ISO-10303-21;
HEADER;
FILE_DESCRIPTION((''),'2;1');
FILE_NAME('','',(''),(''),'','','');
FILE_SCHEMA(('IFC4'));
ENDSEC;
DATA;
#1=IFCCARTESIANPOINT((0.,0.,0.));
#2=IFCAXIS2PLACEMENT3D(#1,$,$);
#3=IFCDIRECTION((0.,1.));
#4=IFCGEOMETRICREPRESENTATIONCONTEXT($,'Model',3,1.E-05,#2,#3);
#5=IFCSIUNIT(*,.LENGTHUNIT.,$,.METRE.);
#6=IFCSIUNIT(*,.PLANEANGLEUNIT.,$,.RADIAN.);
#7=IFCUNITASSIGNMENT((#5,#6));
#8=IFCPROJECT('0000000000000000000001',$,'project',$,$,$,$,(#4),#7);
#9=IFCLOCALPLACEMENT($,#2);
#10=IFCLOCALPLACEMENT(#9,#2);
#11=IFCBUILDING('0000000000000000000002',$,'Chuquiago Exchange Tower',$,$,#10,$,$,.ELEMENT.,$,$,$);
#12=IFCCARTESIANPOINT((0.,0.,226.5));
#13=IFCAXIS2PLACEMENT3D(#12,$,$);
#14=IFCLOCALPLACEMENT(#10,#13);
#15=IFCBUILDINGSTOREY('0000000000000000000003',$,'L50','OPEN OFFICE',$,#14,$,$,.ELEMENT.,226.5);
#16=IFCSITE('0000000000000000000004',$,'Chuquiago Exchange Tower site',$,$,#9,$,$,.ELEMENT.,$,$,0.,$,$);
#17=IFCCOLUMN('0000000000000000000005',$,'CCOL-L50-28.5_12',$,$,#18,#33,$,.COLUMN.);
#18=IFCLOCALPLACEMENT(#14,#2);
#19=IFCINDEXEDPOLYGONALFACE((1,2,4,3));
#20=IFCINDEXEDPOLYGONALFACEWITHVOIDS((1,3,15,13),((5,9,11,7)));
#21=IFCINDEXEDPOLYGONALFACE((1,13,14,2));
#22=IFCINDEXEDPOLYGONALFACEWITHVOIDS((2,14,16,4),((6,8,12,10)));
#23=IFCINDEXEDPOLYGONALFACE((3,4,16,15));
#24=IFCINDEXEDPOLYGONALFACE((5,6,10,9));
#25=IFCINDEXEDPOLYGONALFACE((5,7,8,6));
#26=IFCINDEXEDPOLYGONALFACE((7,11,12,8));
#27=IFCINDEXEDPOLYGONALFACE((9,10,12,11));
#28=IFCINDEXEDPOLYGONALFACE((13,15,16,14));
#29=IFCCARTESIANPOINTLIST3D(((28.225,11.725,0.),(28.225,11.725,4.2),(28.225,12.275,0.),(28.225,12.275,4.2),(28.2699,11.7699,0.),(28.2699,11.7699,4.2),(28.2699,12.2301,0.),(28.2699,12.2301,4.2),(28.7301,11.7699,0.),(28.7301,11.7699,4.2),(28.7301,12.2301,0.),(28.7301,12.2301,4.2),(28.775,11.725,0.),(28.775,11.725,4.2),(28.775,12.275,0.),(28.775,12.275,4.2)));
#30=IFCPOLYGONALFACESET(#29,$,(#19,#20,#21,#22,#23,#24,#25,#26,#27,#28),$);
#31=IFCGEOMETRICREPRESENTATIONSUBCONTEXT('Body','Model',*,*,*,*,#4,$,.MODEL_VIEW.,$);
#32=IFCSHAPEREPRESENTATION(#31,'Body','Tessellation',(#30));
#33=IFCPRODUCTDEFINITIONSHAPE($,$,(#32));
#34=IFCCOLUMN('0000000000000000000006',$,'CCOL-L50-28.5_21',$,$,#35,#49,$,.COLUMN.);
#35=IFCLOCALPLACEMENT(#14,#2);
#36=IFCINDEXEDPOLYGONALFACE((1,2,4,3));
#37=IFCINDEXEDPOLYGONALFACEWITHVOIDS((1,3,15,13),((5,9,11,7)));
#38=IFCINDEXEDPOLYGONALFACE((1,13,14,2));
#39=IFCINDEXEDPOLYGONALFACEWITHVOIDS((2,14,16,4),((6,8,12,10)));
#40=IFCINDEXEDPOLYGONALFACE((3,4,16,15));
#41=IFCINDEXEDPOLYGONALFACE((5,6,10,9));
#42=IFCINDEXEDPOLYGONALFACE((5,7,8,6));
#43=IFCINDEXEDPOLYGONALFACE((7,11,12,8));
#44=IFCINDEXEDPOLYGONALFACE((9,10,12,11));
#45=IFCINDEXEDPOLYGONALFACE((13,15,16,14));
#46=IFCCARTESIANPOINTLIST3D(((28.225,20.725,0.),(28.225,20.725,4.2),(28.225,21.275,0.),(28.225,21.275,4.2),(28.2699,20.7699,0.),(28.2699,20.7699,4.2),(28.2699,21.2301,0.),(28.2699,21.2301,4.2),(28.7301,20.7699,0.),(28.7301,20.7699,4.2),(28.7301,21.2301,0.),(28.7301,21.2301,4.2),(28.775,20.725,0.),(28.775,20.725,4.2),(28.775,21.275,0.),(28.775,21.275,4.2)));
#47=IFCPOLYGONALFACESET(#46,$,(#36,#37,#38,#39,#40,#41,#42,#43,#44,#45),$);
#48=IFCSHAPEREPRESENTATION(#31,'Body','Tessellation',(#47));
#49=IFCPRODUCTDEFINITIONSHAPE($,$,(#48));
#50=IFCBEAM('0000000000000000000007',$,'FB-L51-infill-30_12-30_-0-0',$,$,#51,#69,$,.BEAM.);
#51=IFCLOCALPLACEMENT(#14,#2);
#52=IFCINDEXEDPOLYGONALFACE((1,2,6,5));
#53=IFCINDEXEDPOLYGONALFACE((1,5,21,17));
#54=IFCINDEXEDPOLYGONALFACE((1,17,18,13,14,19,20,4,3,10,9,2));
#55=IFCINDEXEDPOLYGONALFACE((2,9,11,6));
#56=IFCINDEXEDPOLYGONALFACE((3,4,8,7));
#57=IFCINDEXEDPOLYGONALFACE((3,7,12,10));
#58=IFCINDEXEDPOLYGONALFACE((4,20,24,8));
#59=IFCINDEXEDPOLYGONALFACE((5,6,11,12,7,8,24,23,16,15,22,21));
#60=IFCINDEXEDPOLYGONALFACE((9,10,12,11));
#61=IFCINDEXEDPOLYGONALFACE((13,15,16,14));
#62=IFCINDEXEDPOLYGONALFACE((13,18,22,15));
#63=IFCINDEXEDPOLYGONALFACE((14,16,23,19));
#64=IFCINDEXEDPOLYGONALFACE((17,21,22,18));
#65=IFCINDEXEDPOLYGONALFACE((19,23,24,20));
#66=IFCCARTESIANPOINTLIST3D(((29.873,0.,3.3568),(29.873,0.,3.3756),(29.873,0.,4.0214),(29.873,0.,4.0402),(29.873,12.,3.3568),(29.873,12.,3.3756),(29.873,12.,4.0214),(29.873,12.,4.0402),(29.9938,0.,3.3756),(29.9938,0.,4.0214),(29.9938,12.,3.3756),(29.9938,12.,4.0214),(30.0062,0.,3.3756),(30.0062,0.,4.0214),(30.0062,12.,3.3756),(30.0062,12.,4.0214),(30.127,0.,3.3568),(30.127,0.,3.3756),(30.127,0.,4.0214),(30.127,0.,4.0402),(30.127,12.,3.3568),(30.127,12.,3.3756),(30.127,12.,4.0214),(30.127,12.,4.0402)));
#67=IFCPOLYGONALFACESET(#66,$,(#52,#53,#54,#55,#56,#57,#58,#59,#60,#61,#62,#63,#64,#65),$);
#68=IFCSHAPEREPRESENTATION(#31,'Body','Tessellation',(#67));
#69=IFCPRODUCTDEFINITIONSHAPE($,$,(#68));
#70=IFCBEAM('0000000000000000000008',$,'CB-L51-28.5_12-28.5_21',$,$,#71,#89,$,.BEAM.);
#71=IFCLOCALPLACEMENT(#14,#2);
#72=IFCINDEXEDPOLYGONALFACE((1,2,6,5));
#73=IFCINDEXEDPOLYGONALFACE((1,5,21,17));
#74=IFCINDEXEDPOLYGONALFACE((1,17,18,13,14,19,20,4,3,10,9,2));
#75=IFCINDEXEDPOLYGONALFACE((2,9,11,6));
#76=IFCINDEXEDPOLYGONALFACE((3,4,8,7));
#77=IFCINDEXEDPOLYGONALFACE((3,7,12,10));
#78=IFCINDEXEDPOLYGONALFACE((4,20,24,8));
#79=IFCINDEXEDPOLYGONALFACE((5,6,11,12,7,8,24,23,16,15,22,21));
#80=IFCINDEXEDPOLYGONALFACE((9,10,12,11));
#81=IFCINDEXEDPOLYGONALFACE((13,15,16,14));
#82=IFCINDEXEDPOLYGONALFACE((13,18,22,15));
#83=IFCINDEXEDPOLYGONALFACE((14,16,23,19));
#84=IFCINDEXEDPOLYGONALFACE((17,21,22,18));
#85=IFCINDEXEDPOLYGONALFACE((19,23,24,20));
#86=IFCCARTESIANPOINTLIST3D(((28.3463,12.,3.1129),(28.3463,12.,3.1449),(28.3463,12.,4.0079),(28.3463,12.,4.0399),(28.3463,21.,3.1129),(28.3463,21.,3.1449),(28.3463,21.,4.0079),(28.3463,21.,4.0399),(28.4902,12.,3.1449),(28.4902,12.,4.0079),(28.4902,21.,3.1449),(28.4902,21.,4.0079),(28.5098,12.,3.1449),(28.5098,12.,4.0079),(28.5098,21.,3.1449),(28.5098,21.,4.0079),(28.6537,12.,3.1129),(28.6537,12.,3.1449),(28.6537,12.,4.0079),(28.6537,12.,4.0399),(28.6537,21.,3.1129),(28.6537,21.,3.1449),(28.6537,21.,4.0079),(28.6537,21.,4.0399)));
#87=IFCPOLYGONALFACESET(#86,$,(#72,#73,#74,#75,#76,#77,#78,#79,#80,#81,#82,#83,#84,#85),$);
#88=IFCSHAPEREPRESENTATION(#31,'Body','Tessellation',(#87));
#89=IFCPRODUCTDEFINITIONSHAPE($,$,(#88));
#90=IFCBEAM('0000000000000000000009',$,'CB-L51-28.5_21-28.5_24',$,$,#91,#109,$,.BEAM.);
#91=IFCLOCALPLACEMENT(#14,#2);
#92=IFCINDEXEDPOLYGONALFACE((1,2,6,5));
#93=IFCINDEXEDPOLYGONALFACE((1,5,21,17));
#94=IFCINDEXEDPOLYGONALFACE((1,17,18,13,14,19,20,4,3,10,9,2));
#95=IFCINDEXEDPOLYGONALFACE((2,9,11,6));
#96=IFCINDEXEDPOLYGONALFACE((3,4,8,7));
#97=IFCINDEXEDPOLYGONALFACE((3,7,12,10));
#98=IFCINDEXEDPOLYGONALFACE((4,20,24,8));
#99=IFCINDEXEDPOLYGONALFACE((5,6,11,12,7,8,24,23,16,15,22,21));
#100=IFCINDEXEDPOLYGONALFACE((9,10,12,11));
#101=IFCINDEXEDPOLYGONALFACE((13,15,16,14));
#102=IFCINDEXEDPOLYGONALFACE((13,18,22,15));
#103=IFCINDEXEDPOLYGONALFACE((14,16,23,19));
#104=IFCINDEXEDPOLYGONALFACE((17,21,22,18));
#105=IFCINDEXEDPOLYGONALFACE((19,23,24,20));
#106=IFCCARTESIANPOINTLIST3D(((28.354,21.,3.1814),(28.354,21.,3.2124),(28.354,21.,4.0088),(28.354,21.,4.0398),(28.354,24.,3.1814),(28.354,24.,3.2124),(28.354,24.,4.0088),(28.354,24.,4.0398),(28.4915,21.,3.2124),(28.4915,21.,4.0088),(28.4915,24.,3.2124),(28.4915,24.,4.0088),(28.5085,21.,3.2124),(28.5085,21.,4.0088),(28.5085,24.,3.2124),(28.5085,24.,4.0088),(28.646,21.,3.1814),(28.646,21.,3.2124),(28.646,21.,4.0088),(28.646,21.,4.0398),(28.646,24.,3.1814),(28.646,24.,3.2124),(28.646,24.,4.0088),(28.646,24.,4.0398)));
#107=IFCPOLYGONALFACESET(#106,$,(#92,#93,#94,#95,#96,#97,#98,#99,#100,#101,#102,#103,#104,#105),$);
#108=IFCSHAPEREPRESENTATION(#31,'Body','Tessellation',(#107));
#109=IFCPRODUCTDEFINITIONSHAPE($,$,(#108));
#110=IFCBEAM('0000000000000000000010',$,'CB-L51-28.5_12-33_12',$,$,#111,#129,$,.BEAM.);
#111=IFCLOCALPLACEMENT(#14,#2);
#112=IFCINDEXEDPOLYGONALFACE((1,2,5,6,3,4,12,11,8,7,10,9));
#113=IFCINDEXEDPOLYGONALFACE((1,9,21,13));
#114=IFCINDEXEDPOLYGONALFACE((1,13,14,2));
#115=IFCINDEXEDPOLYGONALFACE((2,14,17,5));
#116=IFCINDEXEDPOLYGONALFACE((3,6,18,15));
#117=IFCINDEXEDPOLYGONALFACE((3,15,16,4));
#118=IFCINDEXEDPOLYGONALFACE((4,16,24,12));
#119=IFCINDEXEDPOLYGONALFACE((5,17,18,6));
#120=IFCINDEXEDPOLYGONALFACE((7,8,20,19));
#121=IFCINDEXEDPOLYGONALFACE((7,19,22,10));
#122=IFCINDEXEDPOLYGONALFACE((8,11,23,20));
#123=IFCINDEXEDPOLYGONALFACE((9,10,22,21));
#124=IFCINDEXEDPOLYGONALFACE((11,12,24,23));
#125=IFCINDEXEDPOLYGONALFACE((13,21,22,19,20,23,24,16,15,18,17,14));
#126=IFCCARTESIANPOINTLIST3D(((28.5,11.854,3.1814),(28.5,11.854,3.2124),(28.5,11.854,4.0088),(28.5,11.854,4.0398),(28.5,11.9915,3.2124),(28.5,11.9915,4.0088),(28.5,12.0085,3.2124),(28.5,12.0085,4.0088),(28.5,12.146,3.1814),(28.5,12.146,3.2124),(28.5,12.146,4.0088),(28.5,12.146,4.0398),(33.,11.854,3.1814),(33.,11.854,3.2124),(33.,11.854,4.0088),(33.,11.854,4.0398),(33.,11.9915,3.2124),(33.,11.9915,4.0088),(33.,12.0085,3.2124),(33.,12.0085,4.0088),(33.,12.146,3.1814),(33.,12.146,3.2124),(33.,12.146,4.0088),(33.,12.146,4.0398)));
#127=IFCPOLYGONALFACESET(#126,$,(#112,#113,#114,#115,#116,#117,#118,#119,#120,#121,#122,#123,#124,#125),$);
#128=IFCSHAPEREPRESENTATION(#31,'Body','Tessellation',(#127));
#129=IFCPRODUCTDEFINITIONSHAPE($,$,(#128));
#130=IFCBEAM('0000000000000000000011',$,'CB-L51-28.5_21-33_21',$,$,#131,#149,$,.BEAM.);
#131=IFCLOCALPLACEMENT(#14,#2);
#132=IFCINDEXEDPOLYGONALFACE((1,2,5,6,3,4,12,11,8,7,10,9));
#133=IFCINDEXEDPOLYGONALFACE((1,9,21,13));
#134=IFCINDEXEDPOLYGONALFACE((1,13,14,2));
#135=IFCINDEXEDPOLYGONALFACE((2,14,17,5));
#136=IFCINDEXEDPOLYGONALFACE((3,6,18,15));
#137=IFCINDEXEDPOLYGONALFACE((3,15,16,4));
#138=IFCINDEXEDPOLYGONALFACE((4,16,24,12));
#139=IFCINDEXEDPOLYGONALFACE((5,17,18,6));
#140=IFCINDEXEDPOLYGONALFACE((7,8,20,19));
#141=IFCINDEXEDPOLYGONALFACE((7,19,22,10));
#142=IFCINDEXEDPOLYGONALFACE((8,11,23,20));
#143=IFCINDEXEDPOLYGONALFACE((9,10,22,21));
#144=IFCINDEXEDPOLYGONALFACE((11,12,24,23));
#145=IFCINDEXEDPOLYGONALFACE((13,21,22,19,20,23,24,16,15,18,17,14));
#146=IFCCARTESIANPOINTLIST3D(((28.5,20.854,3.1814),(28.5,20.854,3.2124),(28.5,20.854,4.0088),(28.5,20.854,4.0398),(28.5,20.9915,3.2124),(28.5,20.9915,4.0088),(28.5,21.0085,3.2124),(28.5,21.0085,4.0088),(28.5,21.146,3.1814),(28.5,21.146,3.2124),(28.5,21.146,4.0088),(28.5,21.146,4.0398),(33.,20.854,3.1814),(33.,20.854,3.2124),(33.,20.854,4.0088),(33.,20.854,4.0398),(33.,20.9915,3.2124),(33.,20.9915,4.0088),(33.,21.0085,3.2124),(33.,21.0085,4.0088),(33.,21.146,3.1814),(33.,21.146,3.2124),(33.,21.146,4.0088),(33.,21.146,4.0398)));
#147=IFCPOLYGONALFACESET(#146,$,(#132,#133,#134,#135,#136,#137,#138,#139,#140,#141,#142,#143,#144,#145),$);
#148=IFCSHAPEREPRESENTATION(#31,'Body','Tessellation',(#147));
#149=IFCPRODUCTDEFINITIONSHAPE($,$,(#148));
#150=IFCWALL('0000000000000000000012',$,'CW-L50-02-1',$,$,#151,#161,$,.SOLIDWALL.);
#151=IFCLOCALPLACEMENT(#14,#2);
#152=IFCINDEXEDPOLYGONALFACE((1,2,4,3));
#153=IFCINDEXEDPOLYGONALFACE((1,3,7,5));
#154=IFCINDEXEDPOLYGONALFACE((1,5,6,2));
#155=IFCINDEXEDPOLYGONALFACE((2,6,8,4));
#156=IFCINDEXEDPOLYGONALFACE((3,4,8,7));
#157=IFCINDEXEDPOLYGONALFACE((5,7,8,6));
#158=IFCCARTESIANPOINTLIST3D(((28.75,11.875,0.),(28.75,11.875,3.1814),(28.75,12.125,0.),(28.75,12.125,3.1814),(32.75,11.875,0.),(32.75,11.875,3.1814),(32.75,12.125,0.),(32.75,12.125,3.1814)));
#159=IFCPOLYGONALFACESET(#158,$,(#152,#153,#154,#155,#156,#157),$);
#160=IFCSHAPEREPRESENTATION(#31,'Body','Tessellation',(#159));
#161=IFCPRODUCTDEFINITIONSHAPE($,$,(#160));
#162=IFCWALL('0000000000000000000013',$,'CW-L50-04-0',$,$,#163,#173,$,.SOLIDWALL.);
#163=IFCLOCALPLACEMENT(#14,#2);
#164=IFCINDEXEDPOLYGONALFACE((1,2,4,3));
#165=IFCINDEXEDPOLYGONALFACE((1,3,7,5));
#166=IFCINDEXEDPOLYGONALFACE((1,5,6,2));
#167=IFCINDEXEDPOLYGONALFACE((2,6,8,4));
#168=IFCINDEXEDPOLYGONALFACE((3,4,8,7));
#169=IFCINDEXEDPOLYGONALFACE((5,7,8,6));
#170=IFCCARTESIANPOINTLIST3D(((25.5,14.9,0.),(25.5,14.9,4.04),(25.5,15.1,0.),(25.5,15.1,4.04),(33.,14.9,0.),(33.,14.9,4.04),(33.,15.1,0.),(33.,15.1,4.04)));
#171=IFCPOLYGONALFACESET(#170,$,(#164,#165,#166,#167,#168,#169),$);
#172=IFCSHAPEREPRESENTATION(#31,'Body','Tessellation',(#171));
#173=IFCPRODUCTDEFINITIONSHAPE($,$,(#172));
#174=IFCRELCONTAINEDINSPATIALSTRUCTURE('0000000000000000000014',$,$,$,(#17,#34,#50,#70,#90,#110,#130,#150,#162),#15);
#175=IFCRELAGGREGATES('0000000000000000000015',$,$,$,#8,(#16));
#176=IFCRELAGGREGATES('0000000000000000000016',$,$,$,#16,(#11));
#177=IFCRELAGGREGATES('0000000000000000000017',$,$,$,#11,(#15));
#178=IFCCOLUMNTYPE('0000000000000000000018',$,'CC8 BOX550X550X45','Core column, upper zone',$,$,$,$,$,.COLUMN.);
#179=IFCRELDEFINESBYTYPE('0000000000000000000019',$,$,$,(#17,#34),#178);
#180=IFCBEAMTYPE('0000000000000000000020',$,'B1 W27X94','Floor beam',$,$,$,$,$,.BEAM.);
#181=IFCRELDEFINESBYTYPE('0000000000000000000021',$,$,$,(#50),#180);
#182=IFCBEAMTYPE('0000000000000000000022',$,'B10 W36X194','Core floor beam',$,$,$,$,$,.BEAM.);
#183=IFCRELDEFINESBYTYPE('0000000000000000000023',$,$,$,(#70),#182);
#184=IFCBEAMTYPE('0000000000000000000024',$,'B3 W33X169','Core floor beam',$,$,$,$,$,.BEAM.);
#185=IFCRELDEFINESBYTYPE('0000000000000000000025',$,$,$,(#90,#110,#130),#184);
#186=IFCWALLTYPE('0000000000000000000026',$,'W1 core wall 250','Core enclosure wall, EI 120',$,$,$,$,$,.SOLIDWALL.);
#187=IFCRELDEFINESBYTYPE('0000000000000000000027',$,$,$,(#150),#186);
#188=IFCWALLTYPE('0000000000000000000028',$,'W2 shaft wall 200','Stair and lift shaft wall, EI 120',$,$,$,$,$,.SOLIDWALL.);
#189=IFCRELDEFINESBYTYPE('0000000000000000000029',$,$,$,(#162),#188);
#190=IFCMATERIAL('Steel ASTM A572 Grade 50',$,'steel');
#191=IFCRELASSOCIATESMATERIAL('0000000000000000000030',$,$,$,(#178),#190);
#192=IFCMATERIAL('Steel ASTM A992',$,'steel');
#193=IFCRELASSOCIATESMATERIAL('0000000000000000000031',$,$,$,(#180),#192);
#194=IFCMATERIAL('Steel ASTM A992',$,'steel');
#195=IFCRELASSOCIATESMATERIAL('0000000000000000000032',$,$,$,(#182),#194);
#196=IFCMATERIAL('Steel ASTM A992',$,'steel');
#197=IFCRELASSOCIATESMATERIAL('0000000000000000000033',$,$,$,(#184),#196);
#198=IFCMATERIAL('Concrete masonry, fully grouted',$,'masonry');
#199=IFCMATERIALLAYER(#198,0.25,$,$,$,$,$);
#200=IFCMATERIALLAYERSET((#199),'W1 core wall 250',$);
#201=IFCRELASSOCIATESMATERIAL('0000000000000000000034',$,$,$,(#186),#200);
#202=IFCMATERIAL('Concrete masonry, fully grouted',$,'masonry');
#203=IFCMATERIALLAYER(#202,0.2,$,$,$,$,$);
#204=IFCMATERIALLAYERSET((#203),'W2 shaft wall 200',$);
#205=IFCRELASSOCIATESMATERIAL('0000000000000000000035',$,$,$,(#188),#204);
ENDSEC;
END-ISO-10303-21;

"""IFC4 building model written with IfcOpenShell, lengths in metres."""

from ifc_helpers import new_model, si_unit, direction, frame, frame_2d, origin, origin_2d, place, context, subcontext, project, spatial, rectangle, hollow_rectangle, i_section, extrude, material, layer, layer_set, material_profile, profile_set, type_object, element, save


model = new_model("IFC4")

# Units and contexts
model_context = context("Model", 3, precision=1e-05, world=origin(), true_north=direction((0.0, 1.0)))
body_context = subcontext(model_context, "Body", "Model", "MODEL_VIEW")
ifc_project = project(units=[si_unit("LENGTHUNIT", "METRE"), si_unit("PLANEANGLEUNIT", "RADIAN")], contexts=[model_context])

# Site, building, storey
site_placement = place(None, origin())
site = spatial("IfcSite", under=ifc_project, at=site_placement, Name="Chuquiago Exchange Tower site", CompositionType="ELEMENT", RefElevation=0.0)
building_placement = place(site_placement, origin())
building = spatial("IfcBuilding", under=site, at=building_placement, Name="Chuquiago Exchange Tower", CompositionType="ELEMENT")
storey_placement = place(building_placement, frame((0.0, 0.0, 226.5)))
storey = spatial("IfcBuildingStorey", under=building, at=storey_placement, Name="L50", Description="OPEN OFFICE", CompositionType="ELEMENT", Elevation=226.5)

# Columns
ifc_material_1 = material(Name="Steel ASTM A572 Grade 50", Category="steel")
ifc_material_profile_1 = material_profile(ifc_material_1, hollow_rectangle(XDim=0.55, YDim=0.55, WallThickness=0.0449, at=origin_2d()), Name="BOX550X550X45")
ifc_profile_set_1 = profile_set([ifc_material_profile_1], Name="Steel ASTM A572 Grade 50")
column_type = type_object("IfcColumnType", Name="CC8 BOX550X550X45", Description="Core column, upper zone", PredefinedType="COLUMN", material=ifc_profile_set_1)
for number, where, z_axis, x_axis, name in (
    (1, (28.5, 12.0, 0.0), (0.0, 0.0, 1.0), (1.0, 0.0, 0.0), "CCOL-L50-28.5_12"),
    (2, (28.5, 21.0, 0.0), (0.0, 0.0, 1.0), (1.0, 0.0, 0.0), "CCOL-L50-28.5_21"),
):
    element("IfcColumn", number, at=place(storey_placement, frame(where, z_axis=z_axis, x_axis=x_axis)), inside=storey, type_object=column_type, Name=name, PredefinedType="COLUMN", context=body_context, shape_type="SweptSolid", body=[
        extrude(hollow_rectangle(XDim=0.55, YDim=0.55, WallThickness=0.0449, at=origin_2d()), origin(), (0.0, 0.0, 1.0), 4.2),
    ])

# Beams
ifc_material_2 = material(Name="Steel ASTM A992", Category="steel")
ifc_material_profile_2 = material_profile(ifc_material_2, i_section(OverallWidth=0.2539, OverallDepth=0.6833, WebThickness=0.0125, FlangeThickness=0.0188, at=origin_2d()), Name="W27X94")
ifc_profile_set_2 = profile_set([ifc_material_profile_2], Name="Steel ASTM A992")
beam_type_1 = type_object("IfcBeamType", Name="B1 W27X94", Description="Floor beam", PredefinedType="BEAM", material=ifc_profile_set_2)
beam_1_placement = place(storey_placement, frame((30.0, 12.0, 3.6985), z_axis=(0.0, -1.0, 0.0), x_axis=(1.0, 0.0, 0.0)))
element("IfcBeam", 3, at=beam_1_placement, inside=storey, type_object=beam_type_1, Name="FB-L51-infill-30_12-30_-0-0", PredefinedType="BEAM", context=body_context, shape_type="SweptSolid", body=[
    extrude(i_section(OverallWidth=0.2539, OverallDepth=0.6833, WebThickness=0.0125, FlangeThickness=0.0188, at=origin_2d()), origin(), (0.0, 0.0, 1.0), 12.0),
])
ifc_material_3 = material(Name="Steel ASTM A992", Category="steel")
ifc_material_profile_3 = material_profile(ifc_material_3, i_section(OverallWidth=0.3074, OverallDepth=0.927, WebThickness=0.0195, FlangeThickness=0.032, at=origin_2d()), Name="W36X194")
ifc_profile_set_3 = profile_set([ifc_material_profile_3], Name="Steel ASTM A992")
beam_type_2 = type_object("IfcBeamType", Name="B10 W36X194", Description="Core floor beam", PredefinedType="BEAM", material=ifc_profile_set_3)
beam_2_placement = place(storey_placement, frame((28.5, 12.0, 3.5764), z_axis=(0.0, 1.0, 0.0), x_axis=(-1.0, 0.0, 0.0)))
element("IfcBeam", 4, at=beam_2_placement, inside=storey, type_object=beam_type_2, Name="CB-L51-28.5_12-28.5_21", PredefinedType="BEAM", context=body_context, shape_type="SweptSolid", body=[
    extrude(i_section(OverallWidth=0.3074, OverallDepth=0.927, WebThickness=0.0195, FlangeThickness=0.032, at=origin_2d()), origin(), (0.0, 0.0, 1.0), 9.0),
])
ifc_material_4 = material(Name="Steel ASTM A992", Category="steel")
ifc_material_profile_4 = material_profile(ifc_material_4, i_section(OverallWidth=0.292, OverallDepth=0.8584, WebThickness=0.0171, FlangeThickness=0.031, at=origin_2d()), Name="W33X169")
ifc_profile_set_4 = profile_set([ifc_material_profile_4], Name="Steel ASTM A992")
beam_type_3 = type_object("IfcBeamType", Name="B3 W33X169", Description="Core floor beam", PredefinedType="BEAM", material=ifc_profile_set_4)
beam_3_placement = place(storey_placement, frame((28.5, 21.0, 3.6106), z_axis=(0.0, 1.0, 0.0), x_axis=(-1.0, 0.0, 0.0)))
element("IfcBeam", 5, at=beam_3_placement, inside=storey, type_object=beam_type_3, Name="CB-L51-28.5_21-28.5_24", PredefinedType="BEAM", context=body_context, shape_type="SweptSolid", body=[
    extrude(i_section(OverallWidth=0.292, OverallDepth=0.8584, WebThickness=0.0171, FlangeThickness=0.031, at=origin_2d()), origin(), (0.0, 0.0, 1.0), 3.0),
])
for number, where, z_axis, x_axis, name in (
    (6, (28.5, 12.0, 3.6106), (1.0, 0.0, 0.0), (0.0, 1.0, 0.0), "CB-L51-28.5_12-33_12"),
    (7, (28.5, 21.0, 3.6106), (1.0, 0.0, 0.0), (0.0, 1.0, 0.0), "CB-L51-28.5_21-33_21"),
):
    element("IfcBeam", number, at=place(storey_placement, frame(where, z_axis=z_axis, x_axis=x_axis)), inside=storey, type_object=beam_type_3, Name=name, PredefinedType="BEAM", context=body_context, shape_type="SweptSolid", body=[
        extrude(i_section(OverallWidth=0.292, OverallDepth=0.8584, WebThickness=0.0171, FlangeThickness=0.031, at=origin_2d()), origin(), (0.0, 0.0, 1.0), 4.5),
    ])

# Walls
ifc_material_5 = material(Name="Concrete masonry, fully grouted", Category="masonry")
ifc_layer_1 = layer(ifc_material_5, 0.25)
ifc_layer_set_1 = layer_set([ifc_layer_1], Name="W1 core wall 250")
wall_type_1 = type_object("IfcWallType", Name="W1 core wall 250", Description="Core enclosure wall, EI 120", PredefinedType="SOLIDWALL", material=ifc_layer_set_1)
wall_1_placement = place(storey_placement, frame((28.75, 12.0, 0.0), z_axis=(0.0, 0.0, 1.0), x_axis=(1.0, 0.0, 0.0)))
element("IfcWall", 8, at=wall_1_placement, inside=storey, type_object=wall_type_1, Name="CW-L50-02-1", PredefinedType="SOLIDWALL", context=body_context, shape_type="SweptSolid", body=[
    extrude(rectangle(XDim=4.0, YDim=0.25, at=frame_2d((2.0, 0.0))), origin(), (0.0, 0.0, 1.0), 3.1814),
])
ifc_material_6 = material(Name="Concrete masonry, fully grouted", Category="masonry")
ifc_layer_2 = layer(ifc_material_6, 0.2)
ifc_layer_set_2 = layer_set([ifc_layer_2], Name="W2 shaft wall 200")
wall_type_2 = type_object("IfcWallType", Name="W2 shaft wall 200", Description="Stair and lift shaft wall, EI 120", PredefinedType="SOLIDWALL", material=ifc_layer_set_2)
wall_2_placement = place(storey_placement, frame((25.5, 15.0, 0.0), z_axis=(0.0, 0.0, 1.0), x_axis=(1.0, 0.0, 0.0)))
element("IfcWall", 9, at=wall_2_placement, inside=storey, type_object=wall_type_2, Name="CW-L50-04-0", PredefinedType="SOLIDWALL", context=body_context, shape_type="SweptSolid", body=[
    extrude(rectangle(XDim=7.5, YDim=0.2, at=frame_2d((3.75, 0.0))), origin(), (0.0, 0.0, 1.0), 4.04),
])

save(model, "model.ifc")
